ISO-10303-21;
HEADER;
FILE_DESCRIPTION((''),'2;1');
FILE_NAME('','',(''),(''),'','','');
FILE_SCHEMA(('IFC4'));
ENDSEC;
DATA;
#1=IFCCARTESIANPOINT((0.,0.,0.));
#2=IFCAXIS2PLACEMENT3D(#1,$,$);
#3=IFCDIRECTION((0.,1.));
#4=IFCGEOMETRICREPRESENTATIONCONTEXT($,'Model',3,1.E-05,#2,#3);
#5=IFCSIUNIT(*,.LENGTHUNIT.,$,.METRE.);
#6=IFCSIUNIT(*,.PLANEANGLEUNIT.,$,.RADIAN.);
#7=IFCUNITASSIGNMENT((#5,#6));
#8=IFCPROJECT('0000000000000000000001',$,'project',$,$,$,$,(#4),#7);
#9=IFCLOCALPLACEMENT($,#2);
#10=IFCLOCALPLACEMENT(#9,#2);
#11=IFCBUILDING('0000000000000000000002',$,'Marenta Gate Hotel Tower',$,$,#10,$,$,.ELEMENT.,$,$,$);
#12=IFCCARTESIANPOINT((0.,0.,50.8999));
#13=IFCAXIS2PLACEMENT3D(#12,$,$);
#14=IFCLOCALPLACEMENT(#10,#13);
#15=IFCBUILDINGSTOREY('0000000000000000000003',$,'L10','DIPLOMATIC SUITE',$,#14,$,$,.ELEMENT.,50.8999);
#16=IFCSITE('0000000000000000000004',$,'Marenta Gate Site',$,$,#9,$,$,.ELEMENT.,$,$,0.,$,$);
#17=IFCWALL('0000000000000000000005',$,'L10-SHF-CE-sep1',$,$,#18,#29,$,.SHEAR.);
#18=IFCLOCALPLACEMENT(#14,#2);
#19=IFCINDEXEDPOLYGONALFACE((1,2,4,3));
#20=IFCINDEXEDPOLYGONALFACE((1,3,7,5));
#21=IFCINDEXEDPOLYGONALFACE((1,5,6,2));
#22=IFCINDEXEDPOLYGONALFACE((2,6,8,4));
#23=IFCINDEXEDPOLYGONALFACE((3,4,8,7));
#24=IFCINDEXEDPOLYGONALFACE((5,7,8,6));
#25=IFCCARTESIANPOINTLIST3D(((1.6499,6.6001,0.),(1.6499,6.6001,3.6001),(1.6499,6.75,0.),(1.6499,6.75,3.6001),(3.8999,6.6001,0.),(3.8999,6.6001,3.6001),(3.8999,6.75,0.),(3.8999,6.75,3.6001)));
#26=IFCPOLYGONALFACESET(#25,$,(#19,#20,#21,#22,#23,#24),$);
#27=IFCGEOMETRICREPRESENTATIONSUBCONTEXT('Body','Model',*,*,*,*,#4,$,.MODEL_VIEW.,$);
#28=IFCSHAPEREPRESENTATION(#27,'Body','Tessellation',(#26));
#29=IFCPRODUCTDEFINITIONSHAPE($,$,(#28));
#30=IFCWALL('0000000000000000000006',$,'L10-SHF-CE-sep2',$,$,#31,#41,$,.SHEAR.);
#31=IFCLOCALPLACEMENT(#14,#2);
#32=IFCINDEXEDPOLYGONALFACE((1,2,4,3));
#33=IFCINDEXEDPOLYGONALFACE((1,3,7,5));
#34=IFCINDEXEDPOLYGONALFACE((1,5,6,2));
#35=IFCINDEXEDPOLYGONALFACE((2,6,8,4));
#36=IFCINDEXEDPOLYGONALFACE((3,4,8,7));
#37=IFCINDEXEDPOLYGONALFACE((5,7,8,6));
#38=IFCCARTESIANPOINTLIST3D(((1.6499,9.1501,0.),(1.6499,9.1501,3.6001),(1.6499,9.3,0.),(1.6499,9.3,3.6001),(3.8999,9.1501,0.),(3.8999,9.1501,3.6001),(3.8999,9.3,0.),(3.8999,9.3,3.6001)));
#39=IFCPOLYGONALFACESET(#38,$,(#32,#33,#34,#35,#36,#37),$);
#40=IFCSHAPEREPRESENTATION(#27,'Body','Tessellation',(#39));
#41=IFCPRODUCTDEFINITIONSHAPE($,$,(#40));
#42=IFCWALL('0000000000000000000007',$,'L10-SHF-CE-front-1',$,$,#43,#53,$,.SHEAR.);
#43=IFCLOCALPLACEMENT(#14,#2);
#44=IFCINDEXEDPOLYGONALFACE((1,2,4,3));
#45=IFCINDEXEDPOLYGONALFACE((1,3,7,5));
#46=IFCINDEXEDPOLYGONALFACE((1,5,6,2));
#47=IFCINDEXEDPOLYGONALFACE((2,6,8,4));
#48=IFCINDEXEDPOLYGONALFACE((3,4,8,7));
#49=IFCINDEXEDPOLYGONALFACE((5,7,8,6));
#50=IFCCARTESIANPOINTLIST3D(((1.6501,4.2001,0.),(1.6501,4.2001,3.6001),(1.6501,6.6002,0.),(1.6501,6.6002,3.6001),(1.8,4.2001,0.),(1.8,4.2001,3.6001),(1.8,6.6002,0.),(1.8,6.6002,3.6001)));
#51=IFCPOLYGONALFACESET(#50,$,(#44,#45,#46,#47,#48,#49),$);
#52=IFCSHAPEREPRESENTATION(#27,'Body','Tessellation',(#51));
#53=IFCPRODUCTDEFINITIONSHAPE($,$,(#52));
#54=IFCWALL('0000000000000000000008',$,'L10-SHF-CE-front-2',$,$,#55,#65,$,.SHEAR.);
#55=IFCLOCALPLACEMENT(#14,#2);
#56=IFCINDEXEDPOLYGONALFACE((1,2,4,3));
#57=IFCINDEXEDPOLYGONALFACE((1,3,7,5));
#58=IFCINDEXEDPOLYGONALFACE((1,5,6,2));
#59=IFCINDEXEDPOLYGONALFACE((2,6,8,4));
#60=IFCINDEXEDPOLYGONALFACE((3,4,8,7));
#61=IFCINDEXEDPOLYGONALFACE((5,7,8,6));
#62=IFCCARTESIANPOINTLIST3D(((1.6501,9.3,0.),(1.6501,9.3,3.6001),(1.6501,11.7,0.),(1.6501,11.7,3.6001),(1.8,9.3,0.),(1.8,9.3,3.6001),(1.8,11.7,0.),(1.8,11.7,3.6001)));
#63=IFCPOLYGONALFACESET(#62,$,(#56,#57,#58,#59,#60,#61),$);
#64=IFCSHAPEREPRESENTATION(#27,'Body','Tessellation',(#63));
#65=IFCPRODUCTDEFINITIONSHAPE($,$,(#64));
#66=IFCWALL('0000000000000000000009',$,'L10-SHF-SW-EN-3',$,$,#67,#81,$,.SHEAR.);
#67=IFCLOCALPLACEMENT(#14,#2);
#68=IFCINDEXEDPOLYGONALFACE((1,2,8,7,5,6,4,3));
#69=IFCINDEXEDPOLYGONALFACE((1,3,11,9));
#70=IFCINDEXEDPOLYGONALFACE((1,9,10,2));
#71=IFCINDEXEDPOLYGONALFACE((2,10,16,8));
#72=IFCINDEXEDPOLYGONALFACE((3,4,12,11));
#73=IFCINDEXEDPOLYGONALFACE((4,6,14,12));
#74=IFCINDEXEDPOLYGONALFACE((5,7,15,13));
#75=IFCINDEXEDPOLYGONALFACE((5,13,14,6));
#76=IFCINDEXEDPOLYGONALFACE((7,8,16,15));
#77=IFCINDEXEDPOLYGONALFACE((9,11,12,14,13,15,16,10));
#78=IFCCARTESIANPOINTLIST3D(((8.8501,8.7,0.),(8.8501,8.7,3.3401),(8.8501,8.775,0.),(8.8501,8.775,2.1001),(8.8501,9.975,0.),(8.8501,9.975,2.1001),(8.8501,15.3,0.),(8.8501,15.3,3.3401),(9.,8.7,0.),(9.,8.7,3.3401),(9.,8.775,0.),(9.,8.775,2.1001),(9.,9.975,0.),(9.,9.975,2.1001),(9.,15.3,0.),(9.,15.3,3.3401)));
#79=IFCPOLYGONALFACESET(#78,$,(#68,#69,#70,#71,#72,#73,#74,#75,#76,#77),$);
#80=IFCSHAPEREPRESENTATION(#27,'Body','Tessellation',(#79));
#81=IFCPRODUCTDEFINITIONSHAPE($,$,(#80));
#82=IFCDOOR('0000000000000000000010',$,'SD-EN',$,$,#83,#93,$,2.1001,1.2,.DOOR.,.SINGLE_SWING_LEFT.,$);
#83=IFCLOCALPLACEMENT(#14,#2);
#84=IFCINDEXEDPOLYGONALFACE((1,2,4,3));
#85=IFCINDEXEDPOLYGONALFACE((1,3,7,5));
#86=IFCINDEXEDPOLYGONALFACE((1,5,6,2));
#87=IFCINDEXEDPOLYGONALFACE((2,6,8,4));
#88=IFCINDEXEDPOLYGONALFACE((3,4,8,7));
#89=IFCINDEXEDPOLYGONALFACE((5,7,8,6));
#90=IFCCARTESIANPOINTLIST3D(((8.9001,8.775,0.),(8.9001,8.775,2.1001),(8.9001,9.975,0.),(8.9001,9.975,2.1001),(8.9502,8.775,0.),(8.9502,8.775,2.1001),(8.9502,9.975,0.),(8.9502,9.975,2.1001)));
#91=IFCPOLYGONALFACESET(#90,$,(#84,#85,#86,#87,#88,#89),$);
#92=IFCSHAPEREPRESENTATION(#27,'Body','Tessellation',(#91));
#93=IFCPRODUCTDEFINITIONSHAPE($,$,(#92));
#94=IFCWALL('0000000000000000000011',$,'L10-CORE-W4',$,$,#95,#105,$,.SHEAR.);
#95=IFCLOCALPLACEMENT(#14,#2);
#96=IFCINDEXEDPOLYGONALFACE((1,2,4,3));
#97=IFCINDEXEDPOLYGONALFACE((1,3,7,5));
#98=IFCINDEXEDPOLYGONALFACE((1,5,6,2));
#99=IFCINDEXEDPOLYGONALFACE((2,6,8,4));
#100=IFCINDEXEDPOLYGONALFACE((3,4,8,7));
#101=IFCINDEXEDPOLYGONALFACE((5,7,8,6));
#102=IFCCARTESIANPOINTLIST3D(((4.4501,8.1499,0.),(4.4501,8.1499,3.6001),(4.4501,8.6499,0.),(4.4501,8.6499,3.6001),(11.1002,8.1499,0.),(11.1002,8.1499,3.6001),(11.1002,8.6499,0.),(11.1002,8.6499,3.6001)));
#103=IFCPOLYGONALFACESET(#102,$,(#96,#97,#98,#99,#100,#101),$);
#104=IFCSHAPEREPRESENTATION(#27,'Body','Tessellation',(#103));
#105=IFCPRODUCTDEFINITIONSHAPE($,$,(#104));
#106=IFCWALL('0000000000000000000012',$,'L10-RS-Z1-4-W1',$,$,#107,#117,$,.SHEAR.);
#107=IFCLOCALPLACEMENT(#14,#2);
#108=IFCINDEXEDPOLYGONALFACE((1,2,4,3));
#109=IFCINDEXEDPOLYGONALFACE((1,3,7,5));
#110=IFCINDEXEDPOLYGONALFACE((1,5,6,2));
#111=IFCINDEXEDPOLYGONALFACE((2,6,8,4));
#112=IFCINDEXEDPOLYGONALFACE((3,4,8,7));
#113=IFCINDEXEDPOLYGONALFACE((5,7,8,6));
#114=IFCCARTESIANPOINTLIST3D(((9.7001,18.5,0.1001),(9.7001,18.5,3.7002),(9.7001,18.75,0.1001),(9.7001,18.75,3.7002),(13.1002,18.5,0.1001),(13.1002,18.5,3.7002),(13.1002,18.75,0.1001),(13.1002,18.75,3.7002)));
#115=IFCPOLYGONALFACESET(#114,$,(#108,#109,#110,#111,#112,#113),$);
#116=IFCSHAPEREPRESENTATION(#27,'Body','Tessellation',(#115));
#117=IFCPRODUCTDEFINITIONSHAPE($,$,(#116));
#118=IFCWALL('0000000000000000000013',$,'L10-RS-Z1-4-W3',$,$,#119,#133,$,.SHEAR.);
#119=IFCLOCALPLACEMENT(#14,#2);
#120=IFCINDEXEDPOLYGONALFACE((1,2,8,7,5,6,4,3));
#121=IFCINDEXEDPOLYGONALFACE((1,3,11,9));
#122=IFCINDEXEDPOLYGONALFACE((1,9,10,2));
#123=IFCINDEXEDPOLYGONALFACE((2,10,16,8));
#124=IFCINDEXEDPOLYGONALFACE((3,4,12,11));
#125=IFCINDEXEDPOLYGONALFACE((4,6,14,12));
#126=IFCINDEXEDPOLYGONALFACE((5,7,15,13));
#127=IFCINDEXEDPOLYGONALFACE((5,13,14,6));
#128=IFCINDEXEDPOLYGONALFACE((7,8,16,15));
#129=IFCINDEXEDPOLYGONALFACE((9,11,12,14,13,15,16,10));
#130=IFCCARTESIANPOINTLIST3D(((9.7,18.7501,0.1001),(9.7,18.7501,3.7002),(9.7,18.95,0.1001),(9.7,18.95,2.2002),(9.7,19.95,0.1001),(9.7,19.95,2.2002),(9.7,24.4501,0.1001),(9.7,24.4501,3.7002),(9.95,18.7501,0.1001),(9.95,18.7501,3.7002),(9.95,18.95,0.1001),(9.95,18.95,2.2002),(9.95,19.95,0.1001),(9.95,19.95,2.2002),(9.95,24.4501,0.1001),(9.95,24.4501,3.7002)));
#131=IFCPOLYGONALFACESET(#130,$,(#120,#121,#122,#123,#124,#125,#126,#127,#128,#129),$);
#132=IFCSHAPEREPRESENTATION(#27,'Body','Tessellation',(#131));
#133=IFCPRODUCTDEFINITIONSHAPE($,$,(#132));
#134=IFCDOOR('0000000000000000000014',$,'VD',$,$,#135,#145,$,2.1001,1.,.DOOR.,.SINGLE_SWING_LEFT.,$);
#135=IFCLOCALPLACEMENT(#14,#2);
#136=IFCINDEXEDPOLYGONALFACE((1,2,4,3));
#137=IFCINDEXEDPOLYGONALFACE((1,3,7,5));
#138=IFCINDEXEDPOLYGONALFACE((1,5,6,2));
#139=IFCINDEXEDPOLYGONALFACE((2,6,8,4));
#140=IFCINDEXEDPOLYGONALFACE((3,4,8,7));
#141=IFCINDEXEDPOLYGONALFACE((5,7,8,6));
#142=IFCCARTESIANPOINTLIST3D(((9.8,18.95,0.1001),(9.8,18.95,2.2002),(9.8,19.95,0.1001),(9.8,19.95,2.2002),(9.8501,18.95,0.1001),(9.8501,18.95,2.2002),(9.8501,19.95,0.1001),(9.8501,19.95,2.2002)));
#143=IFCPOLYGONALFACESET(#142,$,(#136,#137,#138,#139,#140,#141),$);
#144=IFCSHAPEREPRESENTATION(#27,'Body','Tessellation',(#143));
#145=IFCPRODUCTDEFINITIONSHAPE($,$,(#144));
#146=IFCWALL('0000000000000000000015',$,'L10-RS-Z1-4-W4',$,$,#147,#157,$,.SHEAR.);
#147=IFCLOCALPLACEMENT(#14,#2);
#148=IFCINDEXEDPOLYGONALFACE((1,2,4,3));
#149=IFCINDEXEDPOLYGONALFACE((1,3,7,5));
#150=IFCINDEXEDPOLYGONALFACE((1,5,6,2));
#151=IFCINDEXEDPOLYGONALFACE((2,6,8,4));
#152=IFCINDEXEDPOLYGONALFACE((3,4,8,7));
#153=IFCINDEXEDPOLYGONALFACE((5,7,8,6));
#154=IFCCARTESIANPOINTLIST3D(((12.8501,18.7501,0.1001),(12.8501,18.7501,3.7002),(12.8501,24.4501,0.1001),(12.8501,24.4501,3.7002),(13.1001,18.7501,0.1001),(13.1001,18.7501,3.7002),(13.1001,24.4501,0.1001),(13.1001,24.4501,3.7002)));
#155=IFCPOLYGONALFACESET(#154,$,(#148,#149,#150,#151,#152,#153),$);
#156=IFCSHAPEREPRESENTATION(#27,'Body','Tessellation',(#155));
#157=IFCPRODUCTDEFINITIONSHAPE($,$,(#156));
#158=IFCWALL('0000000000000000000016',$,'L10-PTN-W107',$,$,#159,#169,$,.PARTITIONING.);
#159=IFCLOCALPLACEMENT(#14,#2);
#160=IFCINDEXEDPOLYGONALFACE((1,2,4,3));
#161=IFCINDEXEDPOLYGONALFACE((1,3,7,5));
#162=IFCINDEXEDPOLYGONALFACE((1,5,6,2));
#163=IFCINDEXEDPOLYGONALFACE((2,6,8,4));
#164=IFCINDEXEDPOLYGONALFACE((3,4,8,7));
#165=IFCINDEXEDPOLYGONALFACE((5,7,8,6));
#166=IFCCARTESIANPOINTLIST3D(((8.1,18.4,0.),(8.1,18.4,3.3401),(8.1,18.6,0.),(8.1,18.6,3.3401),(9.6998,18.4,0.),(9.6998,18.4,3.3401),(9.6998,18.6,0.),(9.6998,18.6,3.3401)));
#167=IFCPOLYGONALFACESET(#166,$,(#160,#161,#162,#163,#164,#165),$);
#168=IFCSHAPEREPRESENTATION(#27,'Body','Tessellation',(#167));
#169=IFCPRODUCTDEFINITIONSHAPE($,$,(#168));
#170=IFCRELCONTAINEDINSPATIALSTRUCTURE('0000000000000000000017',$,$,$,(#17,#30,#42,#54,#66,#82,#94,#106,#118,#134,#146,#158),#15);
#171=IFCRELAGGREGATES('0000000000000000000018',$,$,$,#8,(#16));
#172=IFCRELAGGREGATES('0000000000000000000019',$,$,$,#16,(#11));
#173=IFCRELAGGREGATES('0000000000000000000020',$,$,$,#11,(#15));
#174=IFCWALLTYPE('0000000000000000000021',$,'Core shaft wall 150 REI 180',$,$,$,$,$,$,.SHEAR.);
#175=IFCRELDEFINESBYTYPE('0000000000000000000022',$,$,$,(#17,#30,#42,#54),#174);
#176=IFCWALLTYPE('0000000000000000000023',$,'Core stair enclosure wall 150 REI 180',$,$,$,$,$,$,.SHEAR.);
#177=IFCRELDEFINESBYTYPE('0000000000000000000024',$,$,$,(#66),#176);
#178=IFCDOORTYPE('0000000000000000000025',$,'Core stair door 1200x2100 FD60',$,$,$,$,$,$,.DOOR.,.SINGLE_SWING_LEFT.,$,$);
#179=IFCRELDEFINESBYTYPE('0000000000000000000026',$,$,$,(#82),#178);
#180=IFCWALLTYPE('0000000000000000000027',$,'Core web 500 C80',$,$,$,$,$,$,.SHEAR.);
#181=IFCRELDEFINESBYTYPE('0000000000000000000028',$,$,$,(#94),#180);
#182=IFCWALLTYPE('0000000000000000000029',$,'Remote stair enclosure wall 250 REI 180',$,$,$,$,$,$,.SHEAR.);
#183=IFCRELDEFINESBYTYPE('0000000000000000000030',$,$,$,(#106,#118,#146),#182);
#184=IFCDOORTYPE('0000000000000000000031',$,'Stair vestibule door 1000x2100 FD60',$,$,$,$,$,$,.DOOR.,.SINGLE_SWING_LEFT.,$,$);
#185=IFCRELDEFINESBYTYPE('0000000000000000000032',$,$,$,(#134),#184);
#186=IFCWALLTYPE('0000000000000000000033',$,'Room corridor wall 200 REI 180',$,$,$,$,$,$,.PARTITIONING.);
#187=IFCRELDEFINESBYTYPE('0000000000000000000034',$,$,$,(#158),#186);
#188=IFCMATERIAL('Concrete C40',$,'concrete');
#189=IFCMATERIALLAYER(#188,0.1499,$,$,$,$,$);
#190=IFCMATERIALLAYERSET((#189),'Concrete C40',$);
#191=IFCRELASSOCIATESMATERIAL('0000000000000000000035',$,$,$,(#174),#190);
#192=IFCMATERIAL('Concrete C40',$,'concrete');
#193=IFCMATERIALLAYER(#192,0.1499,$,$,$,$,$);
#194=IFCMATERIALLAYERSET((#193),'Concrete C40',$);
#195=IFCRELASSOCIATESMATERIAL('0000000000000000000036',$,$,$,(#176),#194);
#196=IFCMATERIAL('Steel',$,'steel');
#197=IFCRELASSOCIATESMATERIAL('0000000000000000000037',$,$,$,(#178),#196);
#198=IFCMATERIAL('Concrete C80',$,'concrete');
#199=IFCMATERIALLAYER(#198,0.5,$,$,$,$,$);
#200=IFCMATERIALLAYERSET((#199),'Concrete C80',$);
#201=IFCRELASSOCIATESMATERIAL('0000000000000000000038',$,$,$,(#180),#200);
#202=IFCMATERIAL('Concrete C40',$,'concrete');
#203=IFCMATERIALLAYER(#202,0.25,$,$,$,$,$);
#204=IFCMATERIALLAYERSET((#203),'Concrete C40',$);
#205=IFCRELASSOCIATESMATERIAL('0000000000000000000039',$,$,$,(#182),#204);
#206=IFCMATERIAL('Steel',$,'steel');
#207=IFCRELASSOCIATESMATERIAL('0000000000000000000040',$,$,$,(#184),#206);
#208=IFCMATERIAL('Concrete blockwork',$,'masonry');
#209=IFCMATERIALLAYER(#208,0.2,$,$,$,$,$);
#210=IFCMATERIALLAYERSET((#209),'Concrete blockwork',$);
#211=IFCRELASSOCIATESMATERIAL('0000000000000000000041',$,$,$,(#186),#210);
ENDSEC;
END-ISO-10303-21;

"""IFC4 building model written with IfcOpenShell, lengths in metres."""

from ifc_helpers import new_model, si_unit, direction, frame, frame_2d, origin, place, context, subcontext, project, spatial, rectangle, extrude, material, layer, layer_set, type_object, element, fill, save


model = new_model("IFC4")

# Units and contexts
model_context = context("Model", 3, precision=1e-05, world=origin(), true_north=direction((0.0, 1.0)))
body_context = subcontext(model_context, "Body", "Model", "MODEL_VIEW")
ifc_project = project(units=[si_unit("LENGTHUNIT", "METRE"), si_unit("PLANEANGLEUNIT", "RADIAN")], contexts=[model_context])

# Site, building, storey
site_placement = place(None, origin())
site = spatial("IfcSite", under=ifc_project, at=site_placement, Name="Marenta Gate Site", CompositionType="ELEMENT", RefElevation=0.0)
building_placement = place(site_placement, origin())
building = spatial("IfcBuilding", under=site, at=building_placement, Name="Marenta Gate Hotel Tower", CompositionType="ELEMENT")
storey_placement = place(building_placement, frame((0.0, 0.0, 50.8999)))
storey = spatial("IfcBuildingStorey", under=building, at=storey_placement, Name="L10", Description="DIPLOMATIC SUITE", CompositionType="ELEMENT", Elevation=50.8999)

# Shared definitions
ifc_material_1 = material(Name="Concrete C40", Category="concrete")
ifc_layer_1 = layer(ifc_material_1, 0.1499)
ifc_layer_set_1 = layer_set([ifc_layer_1], Name="Concrete C40")
wall_type_1 = type_object("IfcWallType", Name="Core shaft wall 150 REI 180", PredefinedType="SHEAR", material=ifc_layer_set_1)

# Walls
for number, where, z_axis, x_axis, name in (
    (1, (1.6499, 6.675, 0.0), (0.0, 0.0, 1.0), (1.0, 0.0, 0.0), "L10-SHF-CE-sep1"),
    (2, (1.6499, 9.2251, 0.0), (0.0, 0.0, 1.0), (1.0, 0.0, 0.0), "L10-SHF-CE-sep2"),
):
    element("IfcWall", number, at=place(storey_placement, frame(where, z_axis=z_axis, x_axis=x_axis)), inside=storey, type_object=wall_type_1, Name=name, PredefinedType="SHEAR", context=body_context, shape_type="SweptSolid", body=[
        extrude(rectangle(XDim=2.25, YDim=0.1499, at=frame_2d((1.125, 0.0))), origin(), (0.0, 0.0, 1.0), 3.6001),
    ])
wall_1_placement = place(storey_placement, frame((1.7251, 4.2, 0.0), z_axis=(0.0, 0.0, 1.0), x_axis=(0.0, 1.0, 0.0)))
element("IfcWall", 3, at=wall_1_placement, inside=storey, type_object=wall_type_1, Name="L10-SHF-CE-front-1", PredefinedType="SHEAR", context=body_context, shape_type="SweptSolid", body=[
    extrude(rectangle(XDim=2.4001, YDim=0.1499, at=frame_2d((1.2002, 0.0))), origin(), (0.0, 0.0, 1.0), 3.6001),
])
wall_2_placement = place(storey_placement, frame((1.7251, 9.3, 0.0), z_axis=(0.0, 0.0, 1.0), x_axis=(0.0, 1.0, 0.0)))
element("IfcWall", 4, at=wall_2_placement, inside=storey, type_object=wall_type_1, Name="L10-SHF-CE-front-2", PredefinedType="SHEAR", context=body_context, shape_type="SweptSolid", body=[
    extrude(rectangle(XDim=2.3999, YDim=0.1499, at=frame_2d((1.2, 0.0))), origin(), (0.0, 0.0, 1.0), 3.6001),
])

# Wall, opening, door
ifc_material_2 = material(Name="Concrete C40", Category="concrete")
ifc_layer_2 = layer(ifc_material_2, 0.1499)
ifc_layer_set_2 = layer_set([ifc_layer_2], Name="Concrete C40")
wall_type_2 = type_object("IfcWallType", Name="Core stair enclosure wall 150 REI 180", PredefinedType="SHEAR", material=ifc_layer_set_2)
wall_3_placement = place(storey_placement, frame((8.925, 8.7, 0.0), z_axis=(0.0, 0.0, 1.0), x_axis=(0.0, 1.0, 0.0)))
wall_3 = element("IfcWall", 5, at=wall_3_placement, inside=storey, type_object=wall_type_2, Name="L10-SHF-SW-EN-3", PredefinedType="SHEAR", context=body_context, shape_type="SweptSolid", body=[
    extrude(rectangle(XDim=6.6001, YDim=0.1499, at=frame_2d((3.3, 0.0))), origin(), (0.0, 0.0, 1.0), 3.3401),
])
opening_1_placement = place(wall_3_placement, frame((0.075, 0.0, 0.0)))
opening_1 = element("IfcOpeningElement", 6, at=opening_1_placement, cuts=wall_3, PredefinedType="OPENING", context=body_context, shape_type="SweptSolid", body=[
    extrude(rectangle(XDim=1.2, YDim=2.1001, at=frame_2d((0.6001, 1.05))), frame((0.0, 0.075, 0.0), z_axis=(0.0, -1.0, 0.0), x_axis=(1.0, 0.0, 0.0)), (0.0, 0.0, 1.0), 0.1499),
])
ifc_material_3 = material(Name="Steel", Category="steel")
door_type_1 = type_object("IfcDoorType", Name="Core stair door 1200x2100 FD60", OperationType="SINGLE_SWING_LEFT", PredefinedType="DOOR", material=ifc_material_3)
door_1_placement = place(opening_1_placement, origin())
door_1 = element("IfcDoor", 7, at=door_1_placement, inside=storey, type_object=door_type_1, Name="SD-EN", OperationType="SINGLE_SWING_LEFT", OverallHeight=2.1001, OverallWidth=1.2, PredefinedType="DOOR", context=body_context, shape_type="SweptSolid", body=[
    extrude(rectangle(XDim=1.2, YDim=2.1001, at=frame_2d((0.6001, 1.05))), frame((0.0, 0.0249, 0.0), z_axis=(0.0, -1.0, 0.0), x_axis=(1.0, 0.0, 0.0)), (0.0, 0.0, 1.0), 0.05),
])
fill(opening_1, door_1)

# Walls
ifc_material_4 = material(Name="Concrete C80", Category="concrete")
ifc_layer_3 = layer(ifc_material_4, 0.5)
ifc_layer_set_3 = layer_set([ifc_layer_3], Name="Concrete C80")
wall_type_3 = type_object("IfcWallType", Name="Core web 500 C80", PredefinedType="SHEAR", material=ifc_layer_set_3)
wall_4_placement = place(storey_placement, frame((4.45, 8.3999, 0.0), z_axis=(0.0, 0.0, 1.0), x_axis=(1.0, 0.0, 0.0)))
element("IfcWall", 8, at=wall_4_placement, inside=storey, type_object=wall_type_3, Name="L10-CORE-W4", PredefinedType="SHEAR", context=body_context, shape_type="SweptSolid", body=[
    extrude(rectangle(XDim=6.6501, YDim=0.5, at=frame_2d((3.3252, 0.0))), origin(), (0.0, 0.0, 1.0), 3.6001),
])
ifc_material_5 = material(Name="Concrete C40", Category="concrete")
ifc_layer_4 = layer(ifc_material_5, 0.25)
ifc_layer_set_4 = layer_set([ifc_layer_4], Name="Concrete C40")
wall_type_4 = type_object("IfcWallType", Name="Remote stair enclosure wall 250 REI 180", PredefinedType="SHEAR", material=ifc_layer_set_4)
wall_5_placement = place(storey_placement, frame((9.7, 18.625, 0.1001), z_axis=(0.0, 0.0, 1.0), x_axis=(1.0, 0.0, 0.0)))
element("IfcWall", 9, at=wall_5_placement, inside=storey, type_object=wall_type_4, Name="L10-RS-Z1-4-W1", PredefinedType="SHEAR", context=body_context, shape_type="SweptSolid", body=[
    extrude(rectangle(XDim=3.4001, YDim=0.25, at=frame_2d((1.7002, 0.0))), origin(), (0.0, 0.0, 1.0), 3.6001),
])

# Wall, opening, door
wall_6_placement = place(storey_placement, frame((9.825, 18.75, 0.1001), z_axis=(0.0, 0.0, 1.0), x_axis=(0.0, 1.0, 0.0)))
wall_6 = element("IfcWall", 10, at=wall_6_placement, inside=storey, type_object=wall_type_4, Name="L10-RS-Z1-4-W3", PredefinedType="SHEAR", context=body_context, shape_type="SweptSolid", body=[
    extrude(rectangle(XDim=5.7, YDim=0.25, at=frame_2d((2.8501, 0.0))), origin(), (0.0, 0.0, 1.0), 3.6001),
])
opening_2_placement = place(wall_6_placement, frame((0.2, 0.0, 0.0)))
opening_2 = element("IfcOpeningElement", 11, at=opening_2_placement, cuts=wall_6, PredefinedType="OPENING", context=body_context, shape_type="SweptSolid", body=[
    extrude(rectangle(XDim=1.0, YDim=2.1001, at=frame_2d((0.5, 1.05))), frame((0.0, 0.125, 0.0), z_axis=(0.0, -1.0, 0.0), x_axis=(1.0, 0.0, 0.0)), (0.0, 0.0, 1.0), 0.25),
])
ifc_material_6 = material(Name="Steel", Category="steel")
door_type_2 = type_object("IfcDoorType", Name="Stair vestibule door 1000x2100 FD60", OperationType="SINGLE_SWING_LEFT", PredefinedType="DOOR", material=ifc_material_6)
door_2_placement = place(opening_2_placement, origin())
door_2 = element("IfcDoor", 12, at=door_2_placement, inside=storey, type_object=door_type_2, Name="VD", OperationType="SINGLE_SWING_LEFT", OverallHeight=2.1001, OverallWidth=1.0, PredefinedType="DOOR", context=body_context, shape_type="SweptSolid", body=[
    extrude(rectangle(XDim=1.0, YDim=2.1001, at=frame_2d((0.5, 1.05))), frame((0.0, 0.0249, 0.0), z_axis=(0.0, -1.0, 0.0), x_axis=(1.0, 0.0, 0.0)), (0.0, 0.0, 1.0), 0.05),
])
fill(opening_2, door_2)

# Wall
wall_7_placement = place(storey_placement, frame((12.9751, 18.75, 0.1001), z_axis=(0.0, 0.0, 1.0), x_axis=(0.0, 1.0, 0.0)))
element("IfcWall", 13, at=wall_7_placement, inside=storey, type_object=wall_type_4, Name="L10-RS-Z1-4-W4", PredefinedType="SHEAR", context=body_context, shape_type="SweptSolid", body=[
    extrude(rectangle(XDim=5.7, YDim=0.25, at=frame_2d((2.8501, 0.0))), origin(), (0.0, 0.0, 1.0), 3.6001),
])

# Wall
ifc_material_7 = material(Name="Concrete blockwork", Category="masonry")
ifc_layer_5 = layer(ifc_material_7, 0.2)
ifc_layer_set_5 = layer_set([ifc_layer_5], Name="Concrete blockwork")
wall_type_5 = type_object("IfcWallType", Name="Room corridor wall 200 REI 180", PredefinedType="PARTITIONING", material=ifc_layer_set_5)
wall_8_placement = place(storey_placement, frame((8.1001, 18.5, 0.0), z_axis=(0.0, 0.0, 1.0), x_axis=(1.0, 0.0, 0.0)))
element("IfcWall", 14, at=wall_8_placement, inside=storey, type_object=wall_type_5, Name="L10-PTN-W107", PredefinedType="PARTITIONING", context=body_context, shape_type="SweptSolid", body=[
    extrude(rectangle(XDim=1.5999, YDim=0.2, at=frame_2d((0.7998, 0.0))), origin(), (0.0, 0.0, 1.0), 3.3401),
])

save(model, "model.ifc")
